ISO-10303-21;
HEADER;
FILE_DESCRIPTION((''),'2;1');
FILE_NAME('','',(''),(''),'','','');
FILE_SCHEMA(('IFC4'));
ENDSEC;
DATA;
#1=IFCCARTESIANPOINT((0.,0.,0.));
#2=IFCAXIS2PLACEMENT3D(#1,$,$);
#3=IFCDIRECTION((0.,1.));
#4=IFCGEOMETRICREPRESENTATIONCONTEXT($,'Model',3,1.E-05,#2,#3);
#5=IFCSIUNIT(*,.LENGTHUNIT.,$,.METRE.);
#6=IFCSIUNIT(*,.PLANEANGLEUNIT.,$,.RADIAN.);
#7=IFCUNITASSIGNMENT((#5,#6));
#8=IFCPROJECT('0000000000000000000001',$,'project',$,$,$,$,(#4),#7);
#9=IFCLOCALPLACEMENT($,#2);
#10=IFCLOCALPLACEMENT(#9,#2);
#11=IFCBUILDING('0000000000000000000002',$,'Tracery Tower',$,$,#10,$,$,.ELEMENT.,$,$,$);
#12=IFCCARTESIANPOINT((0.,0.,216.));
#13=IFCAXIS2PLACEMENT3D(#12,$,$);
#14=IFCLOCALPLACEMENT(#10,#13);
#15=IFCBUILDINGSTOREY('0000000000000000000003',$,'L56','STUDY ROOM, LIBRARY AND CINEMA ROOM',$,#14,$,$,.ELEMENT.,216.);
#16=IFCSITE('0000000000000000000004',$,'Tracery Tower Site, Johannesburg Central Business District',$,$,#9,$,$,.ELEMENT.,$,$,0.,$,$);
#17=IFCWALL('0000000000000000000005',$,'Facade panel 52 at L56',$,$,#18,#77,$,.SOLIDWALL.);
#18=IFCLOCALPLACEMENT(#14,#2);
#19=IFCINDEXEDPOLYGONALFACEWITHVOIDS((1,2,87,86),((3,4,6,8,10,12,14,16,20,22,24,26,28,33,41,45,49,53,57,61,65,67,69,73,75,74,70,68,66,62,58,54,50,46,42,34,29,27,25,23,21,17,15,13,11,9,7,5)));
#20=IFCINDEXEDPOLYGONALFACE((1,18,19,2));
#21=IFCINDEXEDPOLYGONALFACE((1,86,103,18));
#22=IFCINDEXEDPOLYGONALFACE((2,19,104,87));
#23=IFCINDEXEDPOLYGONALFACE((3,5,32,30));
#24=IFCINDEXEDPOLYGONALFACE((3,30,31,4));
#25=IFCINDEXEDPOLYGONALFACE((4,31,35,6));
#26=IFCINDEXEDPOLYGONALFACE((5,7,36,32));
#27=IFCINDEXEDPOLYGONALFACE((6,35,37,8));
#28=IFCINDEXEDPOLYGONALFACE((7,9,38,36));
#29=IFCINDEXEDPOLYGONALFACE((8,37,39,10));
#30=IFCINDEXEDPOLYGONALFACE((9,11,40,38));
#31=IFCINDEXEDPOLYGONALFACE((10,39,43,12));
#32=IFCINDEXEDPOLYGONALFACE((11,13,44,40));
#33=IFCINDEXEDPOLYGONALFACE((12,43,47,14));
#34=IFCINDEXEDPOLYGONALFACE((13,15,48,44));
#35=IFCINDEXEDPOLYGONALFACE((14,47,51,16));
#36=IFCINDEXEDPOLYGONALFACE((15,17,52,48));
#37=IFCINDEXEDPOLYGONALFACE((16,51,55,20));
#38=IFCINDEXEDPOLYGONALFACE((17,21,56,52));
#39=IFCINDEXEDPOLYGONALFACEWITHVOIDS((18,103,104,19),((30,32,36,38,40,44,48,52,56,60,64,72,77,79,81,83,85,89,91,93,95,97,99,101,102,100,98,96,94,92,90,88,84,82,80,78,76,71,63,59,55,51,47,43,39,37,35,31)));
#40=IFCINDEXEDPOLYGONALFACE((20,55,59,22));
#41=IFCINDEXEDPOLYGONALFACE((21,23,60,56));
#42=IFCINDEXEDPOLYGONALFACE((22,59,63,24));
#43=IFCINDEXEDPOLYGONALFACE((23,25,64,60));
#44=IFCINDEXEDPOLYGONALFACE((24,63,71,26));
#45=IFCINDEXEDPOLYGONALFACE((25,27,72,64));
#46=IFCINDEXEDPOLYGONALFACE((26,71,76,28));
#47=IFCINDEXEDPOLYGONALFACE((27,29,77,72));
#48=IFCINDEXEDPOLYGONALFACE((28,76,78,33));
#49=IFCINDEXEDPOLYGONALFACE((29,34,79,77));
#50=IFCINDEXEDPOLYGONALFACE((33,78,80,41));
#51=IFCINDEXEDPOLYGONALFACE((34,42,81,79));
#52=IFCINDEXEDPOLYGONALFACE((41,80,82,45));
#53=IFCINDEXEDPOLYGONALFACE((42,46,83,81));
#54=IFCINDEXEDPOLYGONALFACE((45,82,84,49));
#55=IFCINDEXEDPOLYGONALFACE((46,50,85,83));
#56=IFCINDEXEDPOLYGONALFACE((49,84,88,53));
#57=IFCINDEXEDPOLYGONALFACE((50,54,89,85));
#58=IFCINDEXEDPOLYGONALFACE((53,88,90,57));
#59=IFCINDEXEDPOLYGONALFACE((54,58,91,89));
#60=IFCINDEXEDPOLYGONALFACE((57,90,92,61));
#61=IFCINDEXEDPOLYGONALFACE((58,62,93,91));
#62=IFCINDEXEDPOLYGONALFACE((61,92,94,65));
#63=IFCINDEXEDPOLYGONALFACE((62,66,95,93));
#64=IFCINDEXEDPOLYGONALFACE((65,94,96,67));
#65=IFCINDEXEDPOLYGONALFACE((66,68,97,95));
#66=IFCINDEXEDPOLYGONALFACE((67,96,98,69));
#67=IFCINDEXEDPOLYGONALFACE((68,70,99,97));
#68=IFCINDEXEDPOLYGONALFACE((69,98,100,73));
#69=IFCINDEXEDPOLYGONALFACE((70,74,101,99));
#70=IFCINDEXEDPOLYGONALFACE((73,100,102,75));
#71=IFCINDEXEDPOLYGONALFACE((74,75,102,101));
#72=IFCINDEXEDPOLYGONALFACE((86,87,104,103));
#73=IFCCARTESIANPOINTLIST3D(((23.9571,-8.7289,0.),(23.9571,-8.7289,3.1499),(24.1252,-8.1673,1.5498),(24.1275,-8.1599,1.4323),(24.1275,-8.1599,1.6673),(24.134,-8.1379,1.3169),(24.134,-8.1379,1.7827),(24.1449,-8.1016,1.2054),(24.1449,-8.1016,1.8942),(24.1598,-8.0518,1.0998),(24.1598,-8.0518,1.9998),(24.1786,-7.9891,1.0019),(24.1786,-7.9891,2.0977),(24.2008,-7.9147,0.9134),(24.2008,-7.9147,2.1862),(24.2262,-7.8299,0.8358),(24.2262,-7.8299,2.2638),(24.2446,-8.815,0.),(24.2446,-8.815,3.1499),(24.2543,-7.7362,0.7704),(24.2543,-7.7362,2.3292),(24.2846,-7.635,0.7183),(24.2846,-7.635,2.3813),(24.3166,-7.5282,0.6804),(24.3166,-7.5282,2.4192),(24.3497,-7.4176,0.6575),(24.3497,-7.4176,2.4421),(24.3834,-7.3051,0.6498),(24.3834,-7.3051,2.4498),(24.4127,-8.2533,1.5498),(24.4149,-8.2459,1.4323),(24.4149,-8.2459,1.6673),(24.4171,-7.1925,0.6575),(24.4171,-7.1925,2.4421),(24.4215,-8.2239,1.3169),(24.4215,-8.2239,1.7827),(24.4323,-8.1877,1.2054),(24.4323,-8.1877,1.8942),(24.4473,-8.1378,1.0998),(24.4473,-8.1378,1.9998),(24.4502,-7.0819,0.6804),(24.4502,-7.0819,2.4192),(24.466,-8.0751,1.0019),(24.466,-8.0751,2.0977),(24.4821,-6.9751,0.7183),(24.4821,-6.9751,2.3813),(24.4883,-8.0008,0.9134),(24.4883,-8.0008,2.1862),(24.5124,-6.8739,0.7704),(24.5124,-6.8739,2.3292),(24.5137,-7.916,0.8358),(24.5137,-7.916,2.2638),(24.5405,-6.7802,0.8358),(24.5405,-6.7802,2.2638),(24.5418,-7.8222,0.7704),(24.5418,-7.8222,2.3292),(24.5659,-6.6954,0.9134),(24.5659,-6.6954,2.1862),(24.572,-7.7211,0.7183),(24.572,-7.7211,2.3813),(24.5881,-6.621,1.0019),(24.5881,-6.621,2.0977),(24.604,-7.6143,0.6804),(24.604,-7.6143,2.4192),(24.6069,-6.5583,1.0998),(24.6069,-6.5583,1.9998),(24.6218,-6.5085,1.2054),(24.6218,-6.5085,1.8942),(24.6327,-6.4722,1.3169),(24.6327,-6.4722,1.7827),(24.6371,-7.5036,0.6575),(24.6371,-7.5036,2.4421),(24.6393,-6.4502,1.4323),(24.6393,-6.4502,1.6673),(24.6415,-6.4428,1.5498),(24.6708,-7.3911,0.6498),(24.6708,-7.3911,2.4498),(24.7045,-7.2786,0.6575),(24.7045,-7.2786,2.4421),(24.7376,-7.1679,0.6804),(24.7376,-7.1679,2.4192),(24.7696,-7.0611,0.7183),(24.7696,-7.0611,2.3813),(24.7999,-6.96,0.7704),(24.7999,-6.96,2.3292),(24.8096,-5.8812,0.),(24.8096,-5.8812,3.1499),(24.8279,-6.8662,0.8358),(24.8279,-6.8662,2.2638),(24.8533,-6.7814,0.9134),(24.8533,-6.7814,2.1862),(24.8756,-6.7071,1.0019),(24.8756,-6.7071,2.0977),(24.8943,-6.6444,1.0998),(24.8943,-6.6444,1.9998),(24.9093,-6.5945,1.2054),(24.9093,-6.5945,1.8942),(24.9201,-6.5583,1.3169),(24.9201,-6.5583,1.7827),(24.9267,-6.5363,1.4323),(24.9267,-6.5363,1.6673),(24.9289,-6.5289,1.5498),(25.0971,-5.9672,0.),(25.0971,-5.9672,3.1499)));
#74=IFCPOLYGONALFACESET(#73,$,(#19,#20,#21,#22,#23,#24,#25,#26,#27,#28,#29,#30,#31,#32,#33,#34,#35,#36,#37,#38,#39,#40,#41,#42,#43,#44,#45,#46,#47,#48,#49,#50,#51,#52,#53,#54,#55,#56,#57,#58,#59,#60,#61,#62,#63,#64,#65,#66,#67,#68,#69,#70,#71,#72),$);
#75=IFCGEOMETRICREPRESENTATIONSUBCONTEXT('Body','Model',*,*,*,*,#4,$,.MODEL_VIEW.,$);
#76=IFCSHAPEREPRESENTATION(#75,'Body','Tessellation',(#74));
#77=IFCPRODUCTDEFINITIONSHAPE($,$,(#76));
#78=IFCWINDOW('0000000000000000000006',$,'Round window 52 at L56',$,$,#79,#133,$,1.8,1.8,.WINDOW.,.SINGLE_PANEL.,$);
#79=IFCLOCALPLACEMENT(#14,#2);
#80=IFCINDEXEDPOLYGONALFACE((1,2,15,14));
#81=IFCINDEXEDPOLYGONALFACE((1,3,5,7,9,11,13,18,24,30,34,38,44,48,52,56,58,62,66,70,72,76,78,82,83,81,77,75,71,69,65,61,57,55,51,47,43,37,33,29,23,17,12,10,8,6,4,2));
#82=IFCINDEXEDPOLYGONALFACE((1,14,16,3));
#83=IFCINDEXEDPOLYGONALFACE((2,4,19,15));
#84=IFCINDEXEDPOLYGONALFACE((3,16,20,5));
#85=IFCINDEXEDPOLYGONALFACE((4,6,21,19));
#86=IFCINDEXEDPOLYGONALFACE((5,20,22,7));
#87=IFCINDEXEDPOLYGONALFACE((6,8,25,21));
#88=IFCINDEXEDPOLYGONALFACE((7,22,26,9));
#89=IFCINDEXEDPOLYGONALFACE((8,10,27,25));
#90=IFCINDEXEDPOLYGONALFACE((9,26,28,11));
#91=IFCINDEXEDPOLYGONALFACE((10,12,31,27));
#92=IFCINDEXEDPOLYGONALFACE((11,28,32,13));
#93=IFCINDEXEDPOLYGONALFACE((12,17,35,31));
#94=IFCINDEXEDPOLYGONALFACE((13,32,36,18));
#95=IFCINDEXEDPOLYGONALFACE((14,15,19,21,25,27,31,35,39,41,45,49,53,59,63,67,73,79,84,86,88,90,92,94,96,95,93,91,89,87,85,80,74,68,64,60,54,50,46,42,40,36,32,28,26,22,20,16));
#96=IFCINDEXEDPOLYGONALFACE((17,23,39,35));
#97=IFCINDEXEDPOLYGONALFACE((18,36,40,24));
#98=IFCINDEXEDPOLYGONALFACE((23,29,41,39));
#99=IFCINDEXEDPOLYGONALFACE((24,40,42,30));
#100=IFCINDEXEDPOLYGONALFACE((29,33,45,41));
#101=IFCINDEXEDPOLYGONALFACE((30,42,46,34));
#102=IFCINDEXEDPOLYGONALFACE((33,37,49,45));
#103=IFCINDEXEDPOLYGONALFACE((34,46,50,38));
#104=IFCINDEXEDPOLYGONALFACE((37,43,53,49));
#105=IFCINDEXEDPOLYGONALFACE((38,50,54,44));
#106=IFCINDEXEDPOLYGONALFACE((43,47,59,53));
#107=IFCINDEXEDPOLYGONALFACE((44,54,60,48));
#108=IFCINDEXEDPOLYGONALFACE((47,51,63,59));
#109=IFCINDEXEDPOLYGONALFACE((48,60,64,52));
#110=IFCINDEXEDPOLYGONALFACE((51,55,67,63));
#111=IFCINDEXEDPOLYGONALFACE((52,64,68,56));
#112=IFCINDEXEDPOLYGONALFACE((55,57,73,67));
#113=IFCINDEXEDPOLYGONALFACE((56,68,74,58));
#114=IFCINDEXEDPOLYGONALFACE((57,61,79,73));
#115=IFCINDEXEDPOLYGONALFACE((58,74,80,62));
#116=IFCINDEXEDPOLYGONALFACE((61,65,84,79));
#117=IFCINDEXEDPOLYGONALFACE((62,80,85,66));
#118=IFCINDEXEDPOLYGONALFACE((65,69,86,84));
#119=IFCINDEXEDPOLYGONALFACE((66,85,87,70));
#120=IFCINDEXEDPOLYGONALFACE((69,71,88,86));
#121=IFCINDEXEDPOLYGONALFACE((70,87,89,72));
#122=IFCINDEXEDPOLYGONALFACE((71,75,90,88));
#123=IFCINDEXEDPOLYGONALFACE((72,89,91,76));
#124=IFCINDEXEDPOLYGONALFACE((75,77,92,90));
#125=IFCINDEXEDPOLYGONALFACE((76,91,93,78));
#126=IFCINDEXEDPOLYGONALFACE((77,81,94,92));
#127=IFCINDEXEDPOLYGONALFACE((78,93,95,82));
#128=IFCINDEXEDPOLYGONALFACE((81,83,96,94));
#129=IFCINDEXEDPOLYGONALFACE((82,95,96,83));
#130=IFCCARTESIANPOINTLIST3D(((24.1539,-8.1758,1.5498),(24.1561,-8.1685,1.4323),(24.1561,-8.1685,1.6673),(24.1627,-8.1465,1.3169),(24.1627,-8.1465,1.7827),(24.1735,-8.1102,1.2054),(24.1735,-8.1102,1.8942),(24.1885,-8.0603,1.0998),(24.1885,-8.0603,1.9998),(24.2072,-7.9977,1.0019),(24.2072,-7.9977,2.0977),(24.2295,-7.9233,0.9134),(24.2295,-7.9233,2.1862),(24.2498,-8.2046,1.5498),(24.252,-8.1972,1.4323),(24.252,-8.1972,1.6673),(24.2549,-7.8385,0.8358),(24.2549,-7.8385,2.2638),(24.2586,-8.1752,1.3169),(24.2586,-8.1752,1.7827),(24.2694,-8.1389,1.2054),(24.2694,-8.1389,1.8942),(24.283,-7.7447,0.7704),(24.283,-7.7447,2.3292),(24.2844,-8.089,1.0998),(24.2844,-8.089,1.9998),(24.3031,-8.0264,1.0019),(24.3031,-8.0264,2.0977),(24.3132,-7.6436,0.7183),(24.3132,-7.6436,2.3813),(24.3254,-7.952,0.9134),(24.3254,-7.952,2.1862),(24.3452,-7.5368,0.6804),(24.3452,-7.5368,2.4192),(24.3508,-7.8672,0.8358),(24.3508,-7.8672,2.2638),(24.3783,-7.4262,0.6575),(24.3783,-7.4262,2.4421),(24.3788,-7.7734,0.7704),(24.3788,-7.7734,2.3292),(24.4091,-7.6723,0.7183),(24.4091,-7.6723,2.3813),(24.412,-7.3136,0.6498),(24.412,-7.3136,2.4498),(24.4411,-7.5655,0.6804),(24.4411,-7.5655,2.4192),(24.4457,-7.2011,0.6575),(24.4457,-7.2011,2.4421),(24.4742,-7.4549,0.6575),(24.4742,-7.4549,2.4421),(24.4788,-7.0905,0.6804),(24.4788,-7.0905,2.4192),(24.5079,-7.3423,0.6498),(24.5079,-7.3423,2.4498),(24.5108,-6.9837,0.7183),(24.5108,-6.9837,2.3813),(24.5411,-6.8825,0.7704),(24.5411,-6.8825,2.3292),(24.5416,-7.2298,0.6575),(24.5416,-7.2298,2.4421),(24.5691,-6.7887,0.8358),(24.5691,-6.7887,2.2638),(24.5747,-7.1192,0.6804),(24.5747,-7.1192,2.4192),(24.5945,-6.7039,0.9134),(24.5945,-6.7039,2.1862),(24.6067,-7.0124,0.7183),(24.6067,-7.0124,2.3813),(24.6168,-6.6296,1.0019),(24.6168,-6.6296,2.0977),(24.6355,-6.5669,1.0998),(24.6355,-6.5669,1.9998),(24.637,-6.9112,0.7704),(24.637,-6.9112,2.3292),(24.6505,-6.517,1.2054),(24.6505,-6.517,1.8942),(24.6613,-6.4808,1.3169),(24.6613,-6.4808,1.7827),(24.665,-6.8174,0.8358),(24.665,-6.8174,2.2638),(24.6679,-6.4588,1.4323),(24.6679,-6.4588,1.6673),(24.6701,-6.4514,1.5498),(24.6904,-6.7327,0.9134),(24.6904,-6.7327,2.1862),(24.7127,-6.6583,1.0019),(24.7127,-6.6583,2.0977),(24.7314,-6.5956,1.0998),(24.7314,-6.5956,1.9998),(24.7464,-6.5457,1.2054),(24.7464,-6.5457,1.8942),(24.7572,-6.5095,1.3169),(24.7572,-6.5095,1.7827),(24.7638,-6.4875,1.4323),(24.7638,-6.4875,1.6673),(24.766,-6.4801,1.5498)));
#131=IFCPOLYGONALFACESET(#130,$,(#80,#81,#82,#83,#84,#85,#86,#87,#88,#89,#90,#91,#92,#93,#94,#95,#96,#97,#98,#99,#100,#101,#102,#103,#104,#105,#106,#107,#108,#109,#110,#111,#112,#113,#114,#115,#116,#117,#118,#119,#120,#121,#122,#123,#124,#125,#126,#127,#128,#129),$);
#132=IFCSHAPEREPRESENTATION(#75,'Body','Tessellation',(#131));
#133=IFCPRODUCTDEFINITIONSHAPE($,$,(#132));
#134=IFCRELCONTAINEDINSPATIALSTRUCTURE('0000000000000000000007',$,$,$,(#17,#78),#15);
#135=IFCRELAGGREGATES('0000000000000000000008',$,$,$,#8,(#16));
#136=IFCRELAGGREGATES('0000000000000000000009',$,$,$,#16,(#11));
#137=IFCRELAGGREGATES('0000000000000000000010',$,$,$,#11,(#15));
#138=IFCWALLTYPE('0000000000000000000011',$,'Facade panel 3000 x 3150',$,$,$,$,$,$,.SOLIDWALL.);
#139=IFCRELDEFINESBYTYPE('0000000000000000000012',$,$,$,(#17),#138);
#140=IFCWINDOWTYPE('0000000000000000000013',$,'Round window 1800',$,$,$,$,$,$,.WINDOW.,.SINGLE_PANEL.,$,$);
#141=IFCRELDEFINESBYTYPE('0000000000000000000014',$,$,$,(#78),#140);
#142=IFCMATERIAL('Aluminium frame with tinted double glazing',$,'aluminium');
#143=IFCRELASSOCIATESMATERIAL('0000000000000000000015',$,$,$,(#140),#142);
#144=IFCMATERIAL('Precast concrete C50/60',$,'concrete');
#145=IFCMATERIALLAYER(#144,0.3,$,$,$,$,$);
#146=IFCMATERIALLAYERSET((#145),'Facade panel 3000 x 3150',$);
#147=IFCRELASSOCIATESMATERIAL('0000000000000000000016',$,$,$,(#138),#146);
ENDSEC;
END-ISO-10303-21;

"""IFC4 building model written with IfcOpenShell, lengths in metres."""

from ifc_helpers import new_model, si_unit, direction, frame, frame_2d, origin, origin_2d, place, context, subcontext, project, spatial, rectangle, circle, extrude, material, layer, layer_set, type_object, element, fill, save


model = new_model("IFC4")

# Units and contexts
model_context = context("Model", 3, precision=1e-05, world=origin(), true_north=direction((0.0, 1.0)))
body_context = subcontext(model_context, "Body", "Model", "MODEL_VIEW")
ifc_project = project(units=[si_unit("LENGTHUNIT", "METRE"), si_unit("PLANEANGLEUNIT", "RADIAN")], contexts=[model_context])

# Site, building, storey
site_placement = place(None, origin())
site = spatial("IfcSite", under=ifc_project, at=site_placement, Name="Tracery Tower Site, Johannesburg Central Business District", CompositionType="ELEMENT", RefElevation=0.0)
building_placement = place(site_placement, origin())
building = spatial("IfcBuilding", under=site, at=building_placement, Name="Tracery Tower", CompositionType="ELEMENT")
storey_placement = place(building_placement, frame((0.0, 0.0, 216.0)))
storey = spatial("IfcBuildingStorey", under=building, at=storey_placement, Name="L56", Description="STUDY ROOM, LIBRARY AND CINEMA ROOM", CompositionType="ELEMENT", Elevation=216.0)

# Wall, opening, window
ifc_material_1 = material(Name="Aluminium frame with tinted double glazing", Category="aluminium")
window_type = type_object("IfcWindowType", Name="Round window 1800", PartitioningType="SINGLE_PANEL", PredefinedType="WINDOW", material=ifc_material_1)
ifc_material_2 = material(Name="Precast concrete C50/60", Category="concrete")
ifc_layer_1 = layer(ifc_material_2, 0.3)
ifc_layer_set_1 = layer_set([ifc_layer_1], Name="Facade panel 3000 x 3150")
wall_type_1 = type_object("IfcWallType", Name="Facade panel 3000 x 3150", PredefinedType="SOLIDWALL", material=ifc_layer_set_1)
wall_1_placement = place(storey_placement, frame((24.1008, -8.772, 0.0), z_axis=(0.0, 0.0, 1.0), x_axis=(0.286783, 0.957996, 0.0)))
wall_1 = element("IfcWall", 1, at=wall_1_placement, inside=storey, type_object=wall_type_1, Name="Facade panel 52 at L56", PredefinedType="SOLIDWALL", context=body_context, shape_type="SweptSolid", body=[
    extrude(rectangle(XDim=2.9727, YDim=0.3, at=frame_2d((1.4863, 0.0))), origin(), (0.0, 0.0, 1.0), 3.1499),
])
opening_1_placement = place(wall_1_placement, frame((1.4863, 0.0, 1.5498)))
opening_1 = element("IfcOpeningElement", 2, at=opening_1_placement, cuts=wall_1, PredefinedType="OPENING", context=body_context, shape_type="SweptSolid", body=[
    extrude(circle(Radius=0.9, at=origin_2d()), frame((0.0, 0.1599, 0.0), z_axis=(0.0, -1.0, 0.0), x_axis=(1.0, 0.0, 0.0)), (0.0, 0.0, 1.0), 0.3201),
])
window_1_placement = place(opening_1_placement, origin())
window_1 = element("IfcWindow", 3, at=window_1_placement, inside=storey, type_object=window_type, Name="Round window 52 at L56", OverallHeight=1.8, OverallWidth=1.8, PartitioningType="SINGLE_PANEL", PredefinedType="WINDOW", context=body_context, shape_type="SweptSolid", body=[
    extrude(circle(Radius=0.9, at=origin_2d()), frame((0.0, 0.1201, 0.0), z_axis=(0.0, -1.0, 0.0), x_axis=(1.0, 0.0, 0.0)), (0.0, 0.0, 1.0), 0.1001),
])
fill(opening_1, window_1)

save(model, "model.ifc")
